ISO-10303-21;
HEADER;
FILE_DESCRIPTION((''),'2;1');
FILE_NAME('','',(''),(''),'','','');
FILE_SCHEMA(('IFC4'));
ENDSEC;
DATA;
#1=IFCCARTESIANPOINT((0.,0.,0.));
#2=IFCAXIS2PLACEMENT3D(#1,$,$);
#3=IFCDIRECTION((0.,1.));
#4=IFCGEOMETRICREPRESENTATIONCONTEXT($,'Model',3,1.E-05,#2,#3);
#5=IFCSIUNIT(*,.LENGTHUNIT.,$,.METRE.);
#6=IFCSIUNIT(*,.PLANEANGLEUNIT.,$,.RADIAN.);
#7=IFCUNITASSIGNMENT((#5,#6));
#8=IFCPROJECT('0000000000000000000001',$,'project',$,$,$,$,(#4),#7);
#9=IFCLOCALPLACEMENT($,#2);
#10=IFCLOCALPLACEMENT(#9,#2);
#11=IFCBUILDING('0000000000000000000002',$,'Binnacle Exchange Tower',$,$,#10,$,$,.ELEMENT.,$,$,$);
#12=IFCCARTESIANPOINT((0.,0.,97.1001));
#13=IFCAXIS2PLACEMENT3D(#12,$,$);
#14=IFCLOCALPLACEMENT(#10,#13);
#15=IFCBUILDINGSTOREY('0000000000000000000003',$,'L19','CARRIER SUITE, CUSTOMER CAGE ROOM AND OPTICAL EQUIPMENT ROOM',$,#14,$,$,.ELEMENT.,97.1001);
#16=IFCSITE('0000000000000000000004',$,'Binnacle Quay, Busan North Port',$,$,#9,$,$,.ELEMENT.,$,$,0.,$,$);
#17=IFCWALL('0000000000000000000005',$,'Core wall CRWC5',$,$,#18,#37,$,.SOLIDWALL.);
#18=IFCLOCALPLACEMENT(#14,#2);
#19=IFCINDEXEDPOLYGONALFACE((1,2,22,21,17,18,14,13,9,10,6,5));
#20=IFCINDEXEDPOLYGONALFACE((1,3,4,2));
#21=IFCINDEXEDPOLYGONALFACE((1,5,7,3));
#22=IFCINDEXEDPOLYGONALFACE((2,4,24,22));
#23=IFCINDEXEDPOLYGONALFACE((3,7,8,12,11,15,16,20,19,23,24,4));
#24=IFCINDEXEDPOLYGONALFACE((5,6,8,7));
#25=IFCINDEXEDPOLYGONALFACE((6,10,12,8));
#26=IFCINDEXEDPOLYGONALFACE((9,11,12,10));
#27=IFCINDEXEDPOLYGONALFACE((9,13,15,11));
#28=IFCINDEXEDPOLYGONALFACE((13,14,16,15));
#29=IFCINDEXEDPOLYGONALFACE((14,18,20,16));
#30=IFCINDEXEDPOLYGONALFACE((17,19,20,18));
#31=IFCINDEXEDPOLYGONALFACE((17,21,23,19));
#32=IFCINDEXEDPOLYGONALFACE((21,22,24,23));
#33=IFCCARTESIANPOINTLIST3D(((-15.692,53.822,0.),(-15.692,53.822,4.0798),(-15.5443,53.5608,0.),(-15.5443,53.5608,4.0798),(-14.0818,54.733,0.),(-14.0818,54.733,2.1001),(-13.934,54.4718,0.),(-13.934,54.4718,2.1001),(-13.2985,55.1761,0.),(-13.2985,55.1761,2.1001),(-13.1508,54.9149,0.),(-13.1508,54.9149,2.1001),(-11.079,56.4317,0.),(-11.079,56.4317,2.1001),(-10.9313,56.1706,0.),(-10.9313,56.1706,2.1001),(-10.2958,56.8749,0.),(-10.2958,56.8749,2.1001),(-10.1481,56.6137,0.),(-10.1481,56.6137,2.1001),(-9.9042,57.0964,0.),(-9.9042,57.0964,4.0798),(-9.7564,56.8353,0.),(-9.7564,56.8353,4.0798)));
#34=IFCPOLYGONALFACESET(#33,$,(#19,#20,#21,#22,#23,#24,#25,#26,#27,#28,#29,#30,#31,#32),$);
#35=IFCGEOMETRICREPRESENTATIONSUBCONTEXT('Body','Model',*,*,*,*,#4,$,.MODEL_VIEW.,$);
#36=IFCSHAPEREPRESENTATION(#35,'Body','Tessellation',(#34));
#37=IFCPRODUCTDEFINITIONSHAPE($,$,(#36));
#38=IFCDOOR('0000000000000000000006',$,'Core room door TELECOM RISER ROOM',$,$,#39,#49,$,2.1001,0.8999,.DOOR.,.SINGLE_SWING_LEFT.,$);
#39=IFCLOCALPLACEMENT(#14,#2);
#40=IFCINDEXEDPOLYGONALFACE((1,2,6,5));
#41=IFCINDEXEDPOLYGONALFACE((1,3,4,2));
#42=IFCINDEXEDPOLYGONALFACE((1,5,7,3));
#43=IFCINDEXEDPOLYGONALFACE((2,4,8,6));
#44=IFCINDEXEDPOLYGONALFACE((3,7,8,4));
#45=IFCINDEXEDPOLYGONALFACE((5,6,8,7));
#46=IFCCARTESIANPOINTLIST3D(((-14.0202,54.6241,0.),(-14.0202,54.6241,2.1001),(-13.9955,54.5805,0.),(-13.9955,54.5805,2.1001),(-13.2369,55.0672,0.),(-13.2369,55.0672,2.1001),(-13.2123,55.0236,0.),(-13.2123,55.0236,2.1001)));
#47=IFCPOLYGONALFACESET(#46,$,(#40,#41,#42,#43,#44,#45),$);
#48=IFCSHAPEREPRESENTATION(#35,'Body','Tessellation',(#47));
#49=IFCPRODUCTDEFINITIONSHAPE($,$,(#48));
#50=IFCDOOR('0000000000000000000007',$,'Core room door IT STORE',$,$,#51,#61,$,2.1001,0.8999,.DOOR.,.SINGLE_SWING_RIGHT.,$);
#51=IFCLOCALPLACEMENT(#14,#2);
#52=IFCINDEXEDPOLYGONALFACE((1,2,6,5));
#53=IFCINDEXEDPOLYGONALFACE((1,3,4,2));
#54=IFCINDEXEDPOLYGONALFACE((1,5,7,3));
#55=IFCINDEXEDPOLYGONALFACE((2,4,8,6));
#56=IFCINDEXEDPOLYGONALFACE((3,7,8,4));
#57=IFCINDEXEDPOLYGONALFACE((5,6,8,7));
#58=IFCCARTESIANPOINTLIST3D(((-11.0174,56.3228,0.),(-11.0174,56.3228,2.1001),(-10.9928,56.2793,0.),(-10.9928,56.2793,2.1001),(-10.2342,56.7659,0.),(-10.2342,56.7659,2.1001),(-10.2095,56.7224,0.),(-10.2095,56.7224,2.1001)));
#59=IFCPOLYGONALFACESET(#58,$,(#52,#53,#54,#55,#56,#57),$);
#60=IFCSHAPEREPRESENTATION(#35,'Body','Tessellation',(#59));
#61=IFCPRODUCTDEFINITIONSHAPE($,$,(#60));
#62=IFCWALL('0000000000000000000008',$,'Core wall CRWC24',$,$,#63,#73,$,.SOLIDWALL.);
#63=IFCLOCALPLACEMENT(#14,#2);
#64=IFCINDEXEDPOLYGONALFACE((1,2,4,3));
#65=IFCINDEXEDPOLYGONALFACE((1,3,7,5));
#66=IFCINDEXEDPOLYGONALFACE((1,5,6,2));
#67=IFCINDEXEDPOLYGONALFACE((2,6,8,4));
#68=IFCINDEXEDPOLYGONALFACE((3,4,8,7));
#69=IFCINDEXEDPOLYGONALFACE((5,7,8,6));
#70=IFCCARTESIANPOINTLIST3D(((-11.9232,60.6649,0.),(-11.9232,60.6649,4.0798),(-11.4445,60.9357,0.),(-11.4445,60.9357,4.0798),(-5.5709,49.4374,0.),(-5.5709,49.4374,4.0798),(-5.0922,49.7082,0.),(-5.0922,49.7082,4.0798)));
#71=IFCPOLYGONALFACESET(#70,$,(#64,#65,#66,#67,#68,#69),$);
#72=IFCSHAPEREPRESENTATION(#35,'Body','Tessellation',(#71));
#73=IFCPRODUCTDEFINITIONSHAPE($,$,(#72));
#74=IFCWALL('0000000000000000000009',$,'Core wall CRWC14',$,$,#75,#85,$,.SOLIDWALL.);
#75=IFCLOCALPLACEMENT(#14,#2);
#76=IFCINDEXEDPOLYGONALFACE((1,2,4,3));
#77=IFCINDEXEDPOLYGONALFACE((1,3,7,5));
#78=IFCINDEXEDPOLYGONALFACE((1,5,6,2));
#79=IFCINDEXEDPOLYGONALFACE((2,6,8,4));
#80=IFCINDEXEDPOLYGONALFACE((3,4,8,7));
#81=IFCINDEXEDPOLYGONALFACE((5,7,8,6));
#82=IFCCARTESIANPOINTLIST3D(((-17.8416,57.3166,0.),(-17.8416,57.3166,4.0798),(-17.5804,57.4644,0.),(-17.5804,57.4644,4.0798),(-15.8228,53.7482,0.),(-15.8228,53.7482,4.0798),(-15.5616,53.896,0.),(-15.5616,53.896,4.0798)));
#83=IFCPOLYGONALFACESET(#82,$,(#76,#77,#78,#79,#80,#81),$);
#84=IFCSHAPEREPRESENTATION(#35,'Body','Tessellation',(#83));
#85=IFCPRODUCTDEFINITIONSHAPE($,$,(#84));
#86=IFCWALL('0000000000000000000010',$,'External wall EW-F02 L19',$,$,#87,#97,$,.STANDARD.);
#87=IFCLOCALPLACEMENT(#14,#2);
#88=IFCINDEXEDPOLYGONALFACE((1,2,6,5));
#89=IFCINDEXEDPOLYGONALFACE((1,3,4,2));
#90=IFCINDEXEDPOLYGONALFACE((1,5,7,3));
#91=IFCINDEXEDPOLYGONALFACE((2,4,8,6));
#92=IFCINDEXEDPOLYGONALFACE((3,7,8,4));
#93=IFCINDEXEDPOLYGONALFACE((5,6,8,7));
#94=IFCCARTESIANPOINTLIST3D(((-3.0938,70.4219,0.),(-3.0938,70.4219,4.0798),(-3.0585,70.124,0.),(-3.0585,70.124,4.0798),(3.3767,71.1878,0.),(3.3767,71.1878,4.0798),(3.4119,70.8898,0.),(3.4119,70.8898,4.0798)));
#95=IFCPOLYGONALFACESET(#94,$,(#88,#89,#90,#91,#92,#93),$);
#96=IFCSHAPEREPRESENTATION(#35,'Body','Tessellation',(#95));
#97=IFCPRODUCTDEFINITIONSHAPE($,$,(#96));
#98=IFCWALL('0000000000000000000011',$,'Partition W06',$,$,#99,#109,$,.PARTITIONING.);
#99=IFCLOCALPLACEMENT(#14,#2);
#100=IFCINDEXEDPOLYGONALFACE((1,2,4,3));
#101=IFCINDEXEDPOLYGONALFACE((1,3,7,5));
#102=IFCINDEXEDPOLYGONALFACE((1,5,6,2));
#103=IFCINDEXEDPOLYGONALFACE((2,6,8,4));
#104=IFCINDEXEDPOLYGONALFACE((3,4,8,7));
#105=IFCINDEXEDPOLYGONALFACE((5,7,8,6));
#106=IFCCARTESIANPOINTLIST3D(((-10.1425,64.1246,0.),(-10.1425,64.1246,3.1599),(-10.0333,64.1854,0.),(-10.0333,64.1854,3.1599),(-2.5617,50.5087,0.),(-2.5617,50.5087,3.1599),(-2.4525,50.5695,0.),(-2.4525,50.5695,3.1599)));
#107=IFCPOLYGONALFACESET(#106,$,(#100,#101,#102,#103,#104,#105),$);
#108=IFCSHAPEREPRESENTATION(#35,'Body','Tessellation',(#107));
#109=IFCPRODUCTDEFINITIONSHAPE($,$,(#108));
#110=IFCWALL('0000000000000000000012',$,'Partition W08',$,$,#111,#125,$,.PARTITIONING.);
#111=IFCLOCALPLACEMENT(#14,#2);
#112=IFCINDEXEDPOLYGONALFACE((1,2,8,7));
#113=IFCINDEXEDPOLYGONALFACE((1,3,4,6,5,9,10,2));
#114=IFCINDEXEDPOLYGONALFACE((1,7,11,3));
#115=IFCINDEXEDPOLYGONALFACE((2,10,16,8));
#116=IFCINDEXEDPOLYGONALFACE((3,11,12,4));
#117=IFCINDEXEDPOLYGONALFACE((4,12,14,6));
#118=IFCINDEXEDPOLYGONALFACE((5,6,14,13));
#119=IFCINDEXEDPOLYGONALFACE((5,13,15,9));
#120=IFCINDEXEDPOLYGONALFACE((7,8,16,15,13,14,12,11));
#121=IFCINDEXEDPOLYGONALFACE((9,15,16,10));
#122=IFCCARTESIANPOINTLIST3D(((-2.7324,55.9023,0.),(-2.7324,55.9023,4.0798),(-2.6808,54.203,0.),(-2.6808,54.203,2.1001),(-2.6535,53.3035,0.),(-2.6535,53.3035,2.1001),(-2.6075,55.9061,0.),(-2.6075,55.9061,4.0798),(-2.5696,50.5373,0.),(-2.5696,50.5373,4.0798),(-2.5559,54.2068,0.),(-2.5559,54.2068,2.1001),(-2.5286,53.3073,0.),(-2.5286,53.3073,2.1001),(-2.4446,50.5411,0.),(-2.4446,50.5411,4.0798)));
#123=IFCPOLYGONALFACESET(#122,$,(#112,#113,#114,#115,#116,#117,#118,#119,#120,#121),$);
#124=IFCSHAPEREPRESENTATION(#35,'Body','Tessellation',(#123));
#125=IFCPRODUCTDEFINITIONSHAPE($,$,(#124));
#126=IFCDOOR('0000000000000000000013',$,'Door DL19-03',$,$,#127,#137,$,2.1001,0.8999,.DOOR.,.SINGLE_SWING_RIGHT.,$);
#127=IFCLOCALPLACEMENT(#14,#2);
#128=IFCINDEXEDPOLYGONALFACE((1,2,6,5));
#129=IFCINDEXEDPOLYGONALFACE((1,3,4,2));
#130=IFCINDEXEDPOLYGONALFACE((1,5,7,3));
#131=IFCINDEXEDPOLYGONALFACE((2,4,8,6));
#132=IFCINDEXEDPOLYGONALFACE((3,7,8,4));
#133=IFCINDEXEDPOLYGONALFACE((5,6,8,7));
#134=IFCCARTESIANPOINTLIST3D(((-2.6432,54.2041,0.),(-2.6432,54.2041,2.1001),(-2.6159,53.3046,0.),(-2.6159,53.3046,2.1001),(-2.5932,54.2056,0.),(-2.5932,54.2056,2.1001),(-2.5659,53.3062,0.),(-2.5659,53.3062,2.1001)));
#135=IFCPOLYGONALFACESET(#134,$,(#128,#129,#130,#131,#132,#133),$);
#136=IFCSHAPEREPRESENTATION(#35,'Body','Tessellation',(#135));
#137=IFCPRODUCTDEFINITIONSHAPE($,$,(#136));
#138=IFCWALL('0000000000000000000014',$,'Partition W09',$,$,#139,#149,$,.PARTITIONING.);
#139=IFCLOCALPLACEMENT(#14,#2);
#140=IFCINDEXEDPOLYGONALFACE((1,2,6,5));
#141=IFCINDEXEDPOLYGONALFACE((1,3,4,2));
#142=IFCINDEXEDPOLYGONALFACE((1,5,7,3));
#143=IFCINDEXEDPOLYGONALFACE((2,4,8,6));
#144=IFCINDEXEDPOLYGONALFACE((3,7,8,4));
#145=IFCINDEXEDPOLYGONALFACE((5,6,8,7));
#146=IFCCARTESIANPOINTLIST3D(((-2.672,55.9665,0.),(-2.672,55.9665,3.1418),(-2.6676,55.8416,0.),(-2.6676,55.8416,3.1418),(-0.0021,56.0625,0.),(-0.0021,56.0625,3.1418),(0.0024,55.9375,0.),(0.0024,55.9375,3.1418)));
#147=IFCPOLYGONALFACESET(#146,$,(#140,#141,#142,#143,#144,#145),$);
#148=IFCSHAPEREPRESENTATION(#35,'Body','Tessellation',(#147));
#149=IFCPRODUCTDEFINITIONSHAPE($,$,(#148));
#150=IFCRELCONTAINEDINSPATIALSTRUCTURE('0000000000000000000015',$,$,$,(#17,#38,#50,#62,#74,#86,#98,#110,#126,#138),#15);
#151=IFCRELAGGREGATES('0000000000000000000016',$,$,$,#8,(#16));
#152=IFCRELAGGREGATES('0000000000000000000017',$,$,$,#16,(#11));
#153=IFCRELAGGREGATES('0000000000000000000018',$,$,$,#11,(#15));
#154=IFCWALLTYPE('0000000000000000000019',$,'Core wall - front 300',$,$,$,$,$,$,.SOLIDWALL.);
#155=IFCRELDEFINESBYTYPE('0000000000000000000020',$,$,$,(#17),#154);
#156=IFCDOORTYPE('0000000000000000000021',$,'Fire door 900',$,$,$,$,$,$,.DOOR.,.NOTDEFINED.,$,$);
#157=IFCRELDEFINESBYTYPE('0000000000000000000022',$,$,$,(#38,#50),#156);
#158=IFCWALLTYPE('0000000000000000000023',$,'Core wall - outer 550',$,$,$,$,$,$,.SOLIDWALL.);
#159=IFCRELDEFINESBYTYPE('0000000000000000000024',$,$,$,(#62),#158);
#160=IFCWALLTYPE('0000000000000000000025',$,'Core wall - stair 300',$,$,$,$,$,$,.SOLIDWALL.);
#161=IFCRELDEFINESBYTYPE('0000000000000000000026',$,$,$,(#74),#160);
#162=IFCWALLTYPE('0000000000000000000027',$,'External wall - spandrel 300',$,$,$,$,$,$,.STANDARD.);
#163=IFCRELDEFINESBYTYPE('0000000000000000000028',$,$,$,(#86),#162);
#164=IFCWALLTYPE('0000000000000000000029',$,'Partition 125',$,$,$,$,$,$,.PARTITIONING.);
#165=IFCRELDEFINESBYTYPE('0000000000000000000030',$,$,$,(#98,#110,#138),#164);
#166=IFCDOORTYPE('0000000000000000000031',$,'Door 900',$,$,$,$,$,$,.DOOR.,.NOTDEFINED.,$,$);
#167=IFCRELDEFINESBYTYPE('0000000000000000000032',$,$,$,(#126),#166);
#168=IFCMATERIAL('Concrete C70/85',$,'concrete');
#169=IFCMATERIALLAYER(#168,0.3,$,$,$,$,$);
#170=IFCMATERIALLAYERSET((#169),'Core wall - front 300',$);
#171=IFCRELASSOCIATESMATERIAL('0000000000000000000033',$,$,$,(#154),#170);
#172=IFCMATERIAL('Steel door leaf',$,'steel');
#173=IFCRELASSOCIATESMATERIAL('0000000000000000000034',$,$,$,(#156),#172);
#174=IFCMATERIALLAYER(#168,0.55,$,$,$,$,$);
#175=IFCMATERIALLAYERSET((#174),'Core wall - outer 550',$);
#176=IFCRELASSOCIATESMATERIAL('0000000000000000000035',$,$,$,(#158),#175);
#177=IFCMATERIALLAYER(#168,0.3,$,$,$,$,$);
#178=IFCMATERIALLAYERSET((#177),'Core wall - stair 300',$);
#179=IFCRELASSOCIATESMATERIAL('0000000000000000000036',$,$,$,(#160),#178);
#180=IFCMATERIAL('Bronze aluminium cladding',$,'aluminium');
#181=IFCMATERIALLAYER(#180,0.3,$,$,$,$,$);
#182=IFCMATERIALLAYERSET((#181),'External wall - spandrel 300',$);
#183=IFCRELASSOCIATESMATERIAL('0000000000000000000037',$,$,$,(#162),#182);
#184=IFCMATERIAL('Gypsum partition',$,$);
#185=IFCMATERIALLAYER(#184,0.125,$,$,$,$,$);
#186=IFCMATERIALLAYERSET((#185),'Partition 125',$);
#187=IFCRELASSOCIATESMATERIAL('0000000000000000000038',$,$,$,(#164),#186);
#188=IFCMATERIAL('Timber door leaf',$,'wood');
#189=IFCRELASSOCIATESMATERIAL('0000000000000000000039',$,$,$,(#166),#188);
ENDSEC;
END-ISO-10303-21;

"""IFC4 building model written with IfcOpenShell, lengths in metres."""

from ifc_helpers import new_model, si_unit, direction, frame, frame_2d, origin, place, context, subcontext, project, spatial, rectangle, extrude, material, layer, layer_set, type_object, element, fill, save


model = new_model("IFC4")

# Units and contexts
model_context = context("Model", 3, precision=1e-05, world=origin(), true_north=direction((0.0, 1.0)))
body_context = subcontext(model_context, "Body", "Model", "MODEL_VIEW")
ifc_project = project(units=[si_unit("LENGTHUNIT", "METRE"), si_unit("PLANEANGLEUNIT", "RADIAN")], contexts=[model_context])

# Site, building, storey
site_placement = place(None, origin())
site = spatial("IfcSite", under=ifc_project, at=site_placement, Name="Binnacle Quay, Busan North Port", CompositionType="ELEMENT", RefElevation=0.0)
building_placement = place(site_placement, origin())
building = spatial("IfcBuilding", under=site, at=building_placement, Name="Binnacle Exchange Tower", CompositionType="ELEMENT")
storey_placement = place(building_placement, frame((0.0, 0.0, 97.1001)))
storey = spatial("IfcBuildingStorey", under=building, at=storey_placement, Name="L19", Description="CARRIER SUITE, CUSTOMER CAGE ROOM AND OPTICAL EQUIPMENT ROOM", CompositionType="ELEMENT", Elevation=97.1001)

# Shared definitions
ifc_material_1 = material(Name="Concrete C70/85", Category="concrete")

# Wall, openings, doors
ifc_layer_1 = layer(ifc_material_1, 0.3)
ifc_layer_set_1 = layer_set([ifc_layer_1], Name="Core wall - front 300")
wall_type_1 = type_object("IfcWallType", Name="Core wall - front 300", PredefinedType="SOLIDWALL", material=ifc_layer_set_1)
wall_1_placement = place(storey_placement, frame((-15.6182, 53.6914, 0.0), z_axis=(0.0, 0.0, 1.0), x_axis=(0.870368, 0.492402, 0.0)))
wall_1 = element("IfcWall", 1, at=wall_1_placement, inside=storey, type_object=wall_type_1, Name="Core wall CRWC5", PredefinedType="SOLIDWALL", context=body_context, shape_type="SweptSolid", body=[
    extrude(rectangle(XDim=6.6499, YDim=0.3, at=frame_2d((3.325, 0.0))), origin(), (0.0, 0.0, 1.0), 4.0798),
])
opening_1_placement = place(wall_1_placement, frame((1.8501, 0.0, 0.0)))
opening_1 = element("IfcOpeningElement", 2, at=opening_1_placement, cuts=wall_1, PredefinedType="OPENING", context=body_context, shape_type="SweptSolid", body=[
    extrude(rectangle(XDim=0.8999, YDim=2.1001, at=frame_2d((0.45, 1.05))), frame((0.0, 0.1599, 0.0), z_axis=(0.0, -1.0, 0.0), x_axis=(1.0, 0.0, 0.0)), (0.0, 0.0, 1.0), 0.3201),
])
opening_2_placement = place(wall_1_placement, frame((5.3, 0.0, 0.0)))
opening_2 = element("IfcOpeningElement", 3, at=opening_2_placement, cuts=wall_1, PredefinedType="OPENING", context=body_context, shape_type="SweptSolid", body=[
    extrude(rectangle(XDim=0.8999, YDim=2.1001, at=frame_2d((0.45, 1.05))), frame((0.0, 0.1599, 0.0), z_axis=(0.0, -1.0, 0.0), x_axis=(1.0, 0.0, 0.0)), (0.0, 0.0, 1.0), 0.3201),
])
ifc_material_2 = material(Name="Steel door leaf", Category="steel")
door_type_1 = type_object("IfcDoorType", Name="Fire door 900", OperationType="NOTDEFINED", PredefinedType="DOOR", material=ifc_material_2)
door_1_placement = place(opening_1_placement, origin())
door_1 = element("IfcDoor", 4, at=door_1_placement, inside=storey, type_object=door_type_1, Name="Core room door TELECOM RISER ROOM", OperationType="SINGLE_SWING_LEFT", OverallHeight=2.1001, OverallWidth=0.8999, PredefinedType="DOOR", context=body_context, shape_type="SweptSolid", body=[
    extrude(rectangle(XDim=0.8999, YDim=2.1001, at=frame_2d((0.45, 1.05))), frame((0.0, 0.0249, 0.0), z_axis=(0.0, -1.0, 0.0), x_axis=(1.0, 0.0, 0.0)), (0.0, 0.0, 1.0), 0.05),
])
fill(opening_1, door_1)
door_2_placement = place(opening_2_placement, origin())
door_2 = element("IfcDoor", 5, at=door_2_placement, inside=storey, type_object=door_type_1, Name="Core room door IT STORE", OperationType="SINGLE_SWING_RIGHT", OverallHeight=2.1001, OverallWidth=0.8999, PredefinedType="DOOR", context=body_context, shape_type="SweptSolid", body=[
    extrude(rectangle(XDim=0.8999, YDim=2.1001, at=frame_2d((0.45, 1.05))), frame((0.0, 0.0249, 0.0), z_axis=(0.0, -1.0, 0.0), x_axis=(1.0, 0.0, 0.0)), (0.0, 0.0, 1.0), 0.05),
])
fill(opening_2, door_2)

# Walls
ifc_layer_2 = layer(ifc_material_1, 0.55)
ifc_layer_set_2 = layer_set([ifc_layer_2], Name="Core wall - outer 550")
wall_type_2 = type_object("IfcWallType", Name="Core wall - outer 550", PredefinedType="SOLIDWALL", material=ifc_layer_set_2)
wall_2_placement = place(storey_placement, frame((-11.6838, 60.8003, 0.0), z_axis=(0.0, 0.0, 1.0), x_axis=(0.492427, -0.870354, 0.0)))
element("IfcWall", 6, at=wall_2_placement, inside=storey, type_object=wall_type_2, Name="Core wall CRWC24", PredefinedType="SOLIDWALL", context=body_context, shape_type="SweptSolid", body=[
    extrude(rectangle(XDim=12.8999, YDim=0.55, at=frame_2d((6.45, 0.0))), origin(), (0.0, 0.0, 1.0), 4.0798),
])
ifc_layer_3 = layer(ifc_material_1, 0.3)
ifc_layer_set_3 = layer_set([ifc_layer_3], Name="Core wall - stair 300")
wall_type_3 = type_object("IfcWallType", Name="Core wall - stair 300", PredefinedType="SOLIDWALL", material=ifc_layer_set_3)
wall_3_placement = place(storey_placement, frame((-17.7109, 57.3904, 0.0), z_axis=(0.0, 0.0, 1.0), x_axis=(0.492408, -0.870364, 0.0)))
element("IfcWall", 7, at=wall_3_placement, inside=storey, type_object=wall_type_3, Name="Core wall CRWC14", PredefinedType="SOLIDWALL", context=body_context, shape_type="SweptSolid", body=[
    extrude(rectangle(XDim=4.0999, YDim=0.3, at=frame_2d((2.0498, 0.0))), origin(), (0.0, 0.0, 1.0), 4.0798),
])
ifc_material_3 = material(Name="Bronze aluminium cladding", Category="aluminium")
ifc_layer_4 = layer(ifc_material_3, 0.3)
ifc_layer_set_4 = layer_set([ifc_layer_4], Name="External wall - spandrel 300")
wall_type_4 = type_object("IfcWallType", Name="External wall - spandrel 300", PredefinedType="STANDARD", material=ifc_layer_set_4)
wall_4_placement = place(storey_placement, frame((-3.0762, 70.2729, 0.0), z_axis=(0.0, 0.0, 1.0), x_axis=(0.993068, 0.117543, 0.0)))
element("IfcWall", 8, at=wall_4_placement, inside=storey, type_object=wall_type_4, Name="External wall EW-F02 L19", PredefinedType="STANDARD", context=body_context, shape_type="SweptSolid", body=[
    extrude(rectangle(XDim=6.5156, YDim=0.3, at=frame_2d((3.2578, 0.0))), origin(), (0.0, 0.0, 1.0), 4.0798),
])
ifc_material_4 = material(Name="Gypsum partition")
ifc_layer_5 = layer(ifc_material_4, 0.125)
ifc_layer_set_5 = layer_set([ifc_layer_5], Name="Partition 125")
wall_type_5 = type_object("IfcWallType", Name="Partition 125", PredefinedType="PARTITIONING", material=ifc_layer_set_5)
wall_5_placement = place(storey_placement, frame((-10.0879, 64.155, 0.0), z_axis=(0.0, 0.0, 1.0), x_axis=(0.486446, -0.873711, 0.0)))
element("IfcWall", 9, at=wall_5_placement, inside=storey, type_object=wall_type_5, Name="Partition W06", PredefinedType="PARTITIONING", context=body_context, shape_type="SweptSolid", body=[
    extrude(rectangle(XDim=15.584, YDim=0.125, at=frame_2d((7.792, 0.0))), origin(), (0.0, 0.0, 1.0), 3.1599),
])

# Wall, opening, door
wall_6_placement = place(storey_placement, frame((-2.6699, 55.9041, 0.0), z_axis=(0.0, 0.0, 1.0), x_axis=(0.030339, -0.99954, 0.0)))
wall_6 = element("IfcWall", 10, at=wall_6_placement, inside=storey, type_object=wall_type_5, Name="Partition W08", PredefinedType="PARTITIONING", context=body_context, shape_type="SweptSolid", body=[
    extrude(rectangle(XDim=5.3674, YDim=0.125, at=frame_2d((2.6836, 0.0))), origin(), (0.0, 0.0, 1.0), 4.0798),
])
opening_3_placement = place(wall_6_placement, frame((1.7, 0.0, 0.0)))
opening_3 = element("IfcOpeningElement", 11, at=opening_3_placement, cuts=wall_6, PredefinedType="OPENING", context=body_context, shape_type="SweptSolid", body=[
    extrude(rectangle(XDim=0.8999, YDim=2.1001, at=frame_2d((0.45, 1.05))), frame((0.0, 0.0725, 0.0), z_axis=(0.0, -1.0, 0.0), x_axis=(1.0, 0.0, 0.0)), (0.0, 0.0, 1.0), 0.145),
])
ifc_material_5 = material(Name="Timber door leaf", Category="wood")
door_type_2 = type_object("IfcDoorType", Name="Door 900", OperationType="NOTDEFINED", PredefinedType="DOOR", material=ifc_material_5)
door_3_placement = place(opening_3_placement, frame((0.8999, 0.0, 0.0), z_axis=(0.0, 0.0, 1.0), x_axis=(-1.0, 0.0, 0.0)))
door_3 = element("IfcDoor", 12, at=door_3_placement, inside=storey, type_object=door_type_2, Name="Door DL19-03", OperationType="SINGLE_SWING_RIGHT", OverallHeight=2.1001, OverallWidth=0.8999, PredefinedType="DOOR", context=body_context, shape_type="SweptSolid", body=[
    extrude(rectangle(XDim=0.8999, YDim=2.1001, at=frame_2d((0.45, 1.05))), frame((0.0, 0.0249, 0.0), z_axis=(0.0, -1.0, 0.0), x_axis=(1.0, 0.0, 0.0)), (0.0, 0.0, 1.0), 0.05),
])
fill(opening_3, door_3)

# Wall
wall_7_placement = place(storey_placement, frame((-2.6699, 55.9041, 0.0), z_axis=(0.0, 0.0, 1.0), x_axis=(0.999355, 0.035913, 0.0)))
element("IfcWall", 13, at=wall_7_placement, inside=storey, type_object=wall_type_5, Name="Partition W09", PredefinedType="PARTITIONING", context=body_context, shape_type="SweptSolid", body=[
    extrude(rectangle(XDim=2.6716, YDim=0.125, at=frame_2d((1.3359, 0.0))), origin(), (0.0, 0.0, 1.0), 3.1418),
])

save(model, "model.ifc")
